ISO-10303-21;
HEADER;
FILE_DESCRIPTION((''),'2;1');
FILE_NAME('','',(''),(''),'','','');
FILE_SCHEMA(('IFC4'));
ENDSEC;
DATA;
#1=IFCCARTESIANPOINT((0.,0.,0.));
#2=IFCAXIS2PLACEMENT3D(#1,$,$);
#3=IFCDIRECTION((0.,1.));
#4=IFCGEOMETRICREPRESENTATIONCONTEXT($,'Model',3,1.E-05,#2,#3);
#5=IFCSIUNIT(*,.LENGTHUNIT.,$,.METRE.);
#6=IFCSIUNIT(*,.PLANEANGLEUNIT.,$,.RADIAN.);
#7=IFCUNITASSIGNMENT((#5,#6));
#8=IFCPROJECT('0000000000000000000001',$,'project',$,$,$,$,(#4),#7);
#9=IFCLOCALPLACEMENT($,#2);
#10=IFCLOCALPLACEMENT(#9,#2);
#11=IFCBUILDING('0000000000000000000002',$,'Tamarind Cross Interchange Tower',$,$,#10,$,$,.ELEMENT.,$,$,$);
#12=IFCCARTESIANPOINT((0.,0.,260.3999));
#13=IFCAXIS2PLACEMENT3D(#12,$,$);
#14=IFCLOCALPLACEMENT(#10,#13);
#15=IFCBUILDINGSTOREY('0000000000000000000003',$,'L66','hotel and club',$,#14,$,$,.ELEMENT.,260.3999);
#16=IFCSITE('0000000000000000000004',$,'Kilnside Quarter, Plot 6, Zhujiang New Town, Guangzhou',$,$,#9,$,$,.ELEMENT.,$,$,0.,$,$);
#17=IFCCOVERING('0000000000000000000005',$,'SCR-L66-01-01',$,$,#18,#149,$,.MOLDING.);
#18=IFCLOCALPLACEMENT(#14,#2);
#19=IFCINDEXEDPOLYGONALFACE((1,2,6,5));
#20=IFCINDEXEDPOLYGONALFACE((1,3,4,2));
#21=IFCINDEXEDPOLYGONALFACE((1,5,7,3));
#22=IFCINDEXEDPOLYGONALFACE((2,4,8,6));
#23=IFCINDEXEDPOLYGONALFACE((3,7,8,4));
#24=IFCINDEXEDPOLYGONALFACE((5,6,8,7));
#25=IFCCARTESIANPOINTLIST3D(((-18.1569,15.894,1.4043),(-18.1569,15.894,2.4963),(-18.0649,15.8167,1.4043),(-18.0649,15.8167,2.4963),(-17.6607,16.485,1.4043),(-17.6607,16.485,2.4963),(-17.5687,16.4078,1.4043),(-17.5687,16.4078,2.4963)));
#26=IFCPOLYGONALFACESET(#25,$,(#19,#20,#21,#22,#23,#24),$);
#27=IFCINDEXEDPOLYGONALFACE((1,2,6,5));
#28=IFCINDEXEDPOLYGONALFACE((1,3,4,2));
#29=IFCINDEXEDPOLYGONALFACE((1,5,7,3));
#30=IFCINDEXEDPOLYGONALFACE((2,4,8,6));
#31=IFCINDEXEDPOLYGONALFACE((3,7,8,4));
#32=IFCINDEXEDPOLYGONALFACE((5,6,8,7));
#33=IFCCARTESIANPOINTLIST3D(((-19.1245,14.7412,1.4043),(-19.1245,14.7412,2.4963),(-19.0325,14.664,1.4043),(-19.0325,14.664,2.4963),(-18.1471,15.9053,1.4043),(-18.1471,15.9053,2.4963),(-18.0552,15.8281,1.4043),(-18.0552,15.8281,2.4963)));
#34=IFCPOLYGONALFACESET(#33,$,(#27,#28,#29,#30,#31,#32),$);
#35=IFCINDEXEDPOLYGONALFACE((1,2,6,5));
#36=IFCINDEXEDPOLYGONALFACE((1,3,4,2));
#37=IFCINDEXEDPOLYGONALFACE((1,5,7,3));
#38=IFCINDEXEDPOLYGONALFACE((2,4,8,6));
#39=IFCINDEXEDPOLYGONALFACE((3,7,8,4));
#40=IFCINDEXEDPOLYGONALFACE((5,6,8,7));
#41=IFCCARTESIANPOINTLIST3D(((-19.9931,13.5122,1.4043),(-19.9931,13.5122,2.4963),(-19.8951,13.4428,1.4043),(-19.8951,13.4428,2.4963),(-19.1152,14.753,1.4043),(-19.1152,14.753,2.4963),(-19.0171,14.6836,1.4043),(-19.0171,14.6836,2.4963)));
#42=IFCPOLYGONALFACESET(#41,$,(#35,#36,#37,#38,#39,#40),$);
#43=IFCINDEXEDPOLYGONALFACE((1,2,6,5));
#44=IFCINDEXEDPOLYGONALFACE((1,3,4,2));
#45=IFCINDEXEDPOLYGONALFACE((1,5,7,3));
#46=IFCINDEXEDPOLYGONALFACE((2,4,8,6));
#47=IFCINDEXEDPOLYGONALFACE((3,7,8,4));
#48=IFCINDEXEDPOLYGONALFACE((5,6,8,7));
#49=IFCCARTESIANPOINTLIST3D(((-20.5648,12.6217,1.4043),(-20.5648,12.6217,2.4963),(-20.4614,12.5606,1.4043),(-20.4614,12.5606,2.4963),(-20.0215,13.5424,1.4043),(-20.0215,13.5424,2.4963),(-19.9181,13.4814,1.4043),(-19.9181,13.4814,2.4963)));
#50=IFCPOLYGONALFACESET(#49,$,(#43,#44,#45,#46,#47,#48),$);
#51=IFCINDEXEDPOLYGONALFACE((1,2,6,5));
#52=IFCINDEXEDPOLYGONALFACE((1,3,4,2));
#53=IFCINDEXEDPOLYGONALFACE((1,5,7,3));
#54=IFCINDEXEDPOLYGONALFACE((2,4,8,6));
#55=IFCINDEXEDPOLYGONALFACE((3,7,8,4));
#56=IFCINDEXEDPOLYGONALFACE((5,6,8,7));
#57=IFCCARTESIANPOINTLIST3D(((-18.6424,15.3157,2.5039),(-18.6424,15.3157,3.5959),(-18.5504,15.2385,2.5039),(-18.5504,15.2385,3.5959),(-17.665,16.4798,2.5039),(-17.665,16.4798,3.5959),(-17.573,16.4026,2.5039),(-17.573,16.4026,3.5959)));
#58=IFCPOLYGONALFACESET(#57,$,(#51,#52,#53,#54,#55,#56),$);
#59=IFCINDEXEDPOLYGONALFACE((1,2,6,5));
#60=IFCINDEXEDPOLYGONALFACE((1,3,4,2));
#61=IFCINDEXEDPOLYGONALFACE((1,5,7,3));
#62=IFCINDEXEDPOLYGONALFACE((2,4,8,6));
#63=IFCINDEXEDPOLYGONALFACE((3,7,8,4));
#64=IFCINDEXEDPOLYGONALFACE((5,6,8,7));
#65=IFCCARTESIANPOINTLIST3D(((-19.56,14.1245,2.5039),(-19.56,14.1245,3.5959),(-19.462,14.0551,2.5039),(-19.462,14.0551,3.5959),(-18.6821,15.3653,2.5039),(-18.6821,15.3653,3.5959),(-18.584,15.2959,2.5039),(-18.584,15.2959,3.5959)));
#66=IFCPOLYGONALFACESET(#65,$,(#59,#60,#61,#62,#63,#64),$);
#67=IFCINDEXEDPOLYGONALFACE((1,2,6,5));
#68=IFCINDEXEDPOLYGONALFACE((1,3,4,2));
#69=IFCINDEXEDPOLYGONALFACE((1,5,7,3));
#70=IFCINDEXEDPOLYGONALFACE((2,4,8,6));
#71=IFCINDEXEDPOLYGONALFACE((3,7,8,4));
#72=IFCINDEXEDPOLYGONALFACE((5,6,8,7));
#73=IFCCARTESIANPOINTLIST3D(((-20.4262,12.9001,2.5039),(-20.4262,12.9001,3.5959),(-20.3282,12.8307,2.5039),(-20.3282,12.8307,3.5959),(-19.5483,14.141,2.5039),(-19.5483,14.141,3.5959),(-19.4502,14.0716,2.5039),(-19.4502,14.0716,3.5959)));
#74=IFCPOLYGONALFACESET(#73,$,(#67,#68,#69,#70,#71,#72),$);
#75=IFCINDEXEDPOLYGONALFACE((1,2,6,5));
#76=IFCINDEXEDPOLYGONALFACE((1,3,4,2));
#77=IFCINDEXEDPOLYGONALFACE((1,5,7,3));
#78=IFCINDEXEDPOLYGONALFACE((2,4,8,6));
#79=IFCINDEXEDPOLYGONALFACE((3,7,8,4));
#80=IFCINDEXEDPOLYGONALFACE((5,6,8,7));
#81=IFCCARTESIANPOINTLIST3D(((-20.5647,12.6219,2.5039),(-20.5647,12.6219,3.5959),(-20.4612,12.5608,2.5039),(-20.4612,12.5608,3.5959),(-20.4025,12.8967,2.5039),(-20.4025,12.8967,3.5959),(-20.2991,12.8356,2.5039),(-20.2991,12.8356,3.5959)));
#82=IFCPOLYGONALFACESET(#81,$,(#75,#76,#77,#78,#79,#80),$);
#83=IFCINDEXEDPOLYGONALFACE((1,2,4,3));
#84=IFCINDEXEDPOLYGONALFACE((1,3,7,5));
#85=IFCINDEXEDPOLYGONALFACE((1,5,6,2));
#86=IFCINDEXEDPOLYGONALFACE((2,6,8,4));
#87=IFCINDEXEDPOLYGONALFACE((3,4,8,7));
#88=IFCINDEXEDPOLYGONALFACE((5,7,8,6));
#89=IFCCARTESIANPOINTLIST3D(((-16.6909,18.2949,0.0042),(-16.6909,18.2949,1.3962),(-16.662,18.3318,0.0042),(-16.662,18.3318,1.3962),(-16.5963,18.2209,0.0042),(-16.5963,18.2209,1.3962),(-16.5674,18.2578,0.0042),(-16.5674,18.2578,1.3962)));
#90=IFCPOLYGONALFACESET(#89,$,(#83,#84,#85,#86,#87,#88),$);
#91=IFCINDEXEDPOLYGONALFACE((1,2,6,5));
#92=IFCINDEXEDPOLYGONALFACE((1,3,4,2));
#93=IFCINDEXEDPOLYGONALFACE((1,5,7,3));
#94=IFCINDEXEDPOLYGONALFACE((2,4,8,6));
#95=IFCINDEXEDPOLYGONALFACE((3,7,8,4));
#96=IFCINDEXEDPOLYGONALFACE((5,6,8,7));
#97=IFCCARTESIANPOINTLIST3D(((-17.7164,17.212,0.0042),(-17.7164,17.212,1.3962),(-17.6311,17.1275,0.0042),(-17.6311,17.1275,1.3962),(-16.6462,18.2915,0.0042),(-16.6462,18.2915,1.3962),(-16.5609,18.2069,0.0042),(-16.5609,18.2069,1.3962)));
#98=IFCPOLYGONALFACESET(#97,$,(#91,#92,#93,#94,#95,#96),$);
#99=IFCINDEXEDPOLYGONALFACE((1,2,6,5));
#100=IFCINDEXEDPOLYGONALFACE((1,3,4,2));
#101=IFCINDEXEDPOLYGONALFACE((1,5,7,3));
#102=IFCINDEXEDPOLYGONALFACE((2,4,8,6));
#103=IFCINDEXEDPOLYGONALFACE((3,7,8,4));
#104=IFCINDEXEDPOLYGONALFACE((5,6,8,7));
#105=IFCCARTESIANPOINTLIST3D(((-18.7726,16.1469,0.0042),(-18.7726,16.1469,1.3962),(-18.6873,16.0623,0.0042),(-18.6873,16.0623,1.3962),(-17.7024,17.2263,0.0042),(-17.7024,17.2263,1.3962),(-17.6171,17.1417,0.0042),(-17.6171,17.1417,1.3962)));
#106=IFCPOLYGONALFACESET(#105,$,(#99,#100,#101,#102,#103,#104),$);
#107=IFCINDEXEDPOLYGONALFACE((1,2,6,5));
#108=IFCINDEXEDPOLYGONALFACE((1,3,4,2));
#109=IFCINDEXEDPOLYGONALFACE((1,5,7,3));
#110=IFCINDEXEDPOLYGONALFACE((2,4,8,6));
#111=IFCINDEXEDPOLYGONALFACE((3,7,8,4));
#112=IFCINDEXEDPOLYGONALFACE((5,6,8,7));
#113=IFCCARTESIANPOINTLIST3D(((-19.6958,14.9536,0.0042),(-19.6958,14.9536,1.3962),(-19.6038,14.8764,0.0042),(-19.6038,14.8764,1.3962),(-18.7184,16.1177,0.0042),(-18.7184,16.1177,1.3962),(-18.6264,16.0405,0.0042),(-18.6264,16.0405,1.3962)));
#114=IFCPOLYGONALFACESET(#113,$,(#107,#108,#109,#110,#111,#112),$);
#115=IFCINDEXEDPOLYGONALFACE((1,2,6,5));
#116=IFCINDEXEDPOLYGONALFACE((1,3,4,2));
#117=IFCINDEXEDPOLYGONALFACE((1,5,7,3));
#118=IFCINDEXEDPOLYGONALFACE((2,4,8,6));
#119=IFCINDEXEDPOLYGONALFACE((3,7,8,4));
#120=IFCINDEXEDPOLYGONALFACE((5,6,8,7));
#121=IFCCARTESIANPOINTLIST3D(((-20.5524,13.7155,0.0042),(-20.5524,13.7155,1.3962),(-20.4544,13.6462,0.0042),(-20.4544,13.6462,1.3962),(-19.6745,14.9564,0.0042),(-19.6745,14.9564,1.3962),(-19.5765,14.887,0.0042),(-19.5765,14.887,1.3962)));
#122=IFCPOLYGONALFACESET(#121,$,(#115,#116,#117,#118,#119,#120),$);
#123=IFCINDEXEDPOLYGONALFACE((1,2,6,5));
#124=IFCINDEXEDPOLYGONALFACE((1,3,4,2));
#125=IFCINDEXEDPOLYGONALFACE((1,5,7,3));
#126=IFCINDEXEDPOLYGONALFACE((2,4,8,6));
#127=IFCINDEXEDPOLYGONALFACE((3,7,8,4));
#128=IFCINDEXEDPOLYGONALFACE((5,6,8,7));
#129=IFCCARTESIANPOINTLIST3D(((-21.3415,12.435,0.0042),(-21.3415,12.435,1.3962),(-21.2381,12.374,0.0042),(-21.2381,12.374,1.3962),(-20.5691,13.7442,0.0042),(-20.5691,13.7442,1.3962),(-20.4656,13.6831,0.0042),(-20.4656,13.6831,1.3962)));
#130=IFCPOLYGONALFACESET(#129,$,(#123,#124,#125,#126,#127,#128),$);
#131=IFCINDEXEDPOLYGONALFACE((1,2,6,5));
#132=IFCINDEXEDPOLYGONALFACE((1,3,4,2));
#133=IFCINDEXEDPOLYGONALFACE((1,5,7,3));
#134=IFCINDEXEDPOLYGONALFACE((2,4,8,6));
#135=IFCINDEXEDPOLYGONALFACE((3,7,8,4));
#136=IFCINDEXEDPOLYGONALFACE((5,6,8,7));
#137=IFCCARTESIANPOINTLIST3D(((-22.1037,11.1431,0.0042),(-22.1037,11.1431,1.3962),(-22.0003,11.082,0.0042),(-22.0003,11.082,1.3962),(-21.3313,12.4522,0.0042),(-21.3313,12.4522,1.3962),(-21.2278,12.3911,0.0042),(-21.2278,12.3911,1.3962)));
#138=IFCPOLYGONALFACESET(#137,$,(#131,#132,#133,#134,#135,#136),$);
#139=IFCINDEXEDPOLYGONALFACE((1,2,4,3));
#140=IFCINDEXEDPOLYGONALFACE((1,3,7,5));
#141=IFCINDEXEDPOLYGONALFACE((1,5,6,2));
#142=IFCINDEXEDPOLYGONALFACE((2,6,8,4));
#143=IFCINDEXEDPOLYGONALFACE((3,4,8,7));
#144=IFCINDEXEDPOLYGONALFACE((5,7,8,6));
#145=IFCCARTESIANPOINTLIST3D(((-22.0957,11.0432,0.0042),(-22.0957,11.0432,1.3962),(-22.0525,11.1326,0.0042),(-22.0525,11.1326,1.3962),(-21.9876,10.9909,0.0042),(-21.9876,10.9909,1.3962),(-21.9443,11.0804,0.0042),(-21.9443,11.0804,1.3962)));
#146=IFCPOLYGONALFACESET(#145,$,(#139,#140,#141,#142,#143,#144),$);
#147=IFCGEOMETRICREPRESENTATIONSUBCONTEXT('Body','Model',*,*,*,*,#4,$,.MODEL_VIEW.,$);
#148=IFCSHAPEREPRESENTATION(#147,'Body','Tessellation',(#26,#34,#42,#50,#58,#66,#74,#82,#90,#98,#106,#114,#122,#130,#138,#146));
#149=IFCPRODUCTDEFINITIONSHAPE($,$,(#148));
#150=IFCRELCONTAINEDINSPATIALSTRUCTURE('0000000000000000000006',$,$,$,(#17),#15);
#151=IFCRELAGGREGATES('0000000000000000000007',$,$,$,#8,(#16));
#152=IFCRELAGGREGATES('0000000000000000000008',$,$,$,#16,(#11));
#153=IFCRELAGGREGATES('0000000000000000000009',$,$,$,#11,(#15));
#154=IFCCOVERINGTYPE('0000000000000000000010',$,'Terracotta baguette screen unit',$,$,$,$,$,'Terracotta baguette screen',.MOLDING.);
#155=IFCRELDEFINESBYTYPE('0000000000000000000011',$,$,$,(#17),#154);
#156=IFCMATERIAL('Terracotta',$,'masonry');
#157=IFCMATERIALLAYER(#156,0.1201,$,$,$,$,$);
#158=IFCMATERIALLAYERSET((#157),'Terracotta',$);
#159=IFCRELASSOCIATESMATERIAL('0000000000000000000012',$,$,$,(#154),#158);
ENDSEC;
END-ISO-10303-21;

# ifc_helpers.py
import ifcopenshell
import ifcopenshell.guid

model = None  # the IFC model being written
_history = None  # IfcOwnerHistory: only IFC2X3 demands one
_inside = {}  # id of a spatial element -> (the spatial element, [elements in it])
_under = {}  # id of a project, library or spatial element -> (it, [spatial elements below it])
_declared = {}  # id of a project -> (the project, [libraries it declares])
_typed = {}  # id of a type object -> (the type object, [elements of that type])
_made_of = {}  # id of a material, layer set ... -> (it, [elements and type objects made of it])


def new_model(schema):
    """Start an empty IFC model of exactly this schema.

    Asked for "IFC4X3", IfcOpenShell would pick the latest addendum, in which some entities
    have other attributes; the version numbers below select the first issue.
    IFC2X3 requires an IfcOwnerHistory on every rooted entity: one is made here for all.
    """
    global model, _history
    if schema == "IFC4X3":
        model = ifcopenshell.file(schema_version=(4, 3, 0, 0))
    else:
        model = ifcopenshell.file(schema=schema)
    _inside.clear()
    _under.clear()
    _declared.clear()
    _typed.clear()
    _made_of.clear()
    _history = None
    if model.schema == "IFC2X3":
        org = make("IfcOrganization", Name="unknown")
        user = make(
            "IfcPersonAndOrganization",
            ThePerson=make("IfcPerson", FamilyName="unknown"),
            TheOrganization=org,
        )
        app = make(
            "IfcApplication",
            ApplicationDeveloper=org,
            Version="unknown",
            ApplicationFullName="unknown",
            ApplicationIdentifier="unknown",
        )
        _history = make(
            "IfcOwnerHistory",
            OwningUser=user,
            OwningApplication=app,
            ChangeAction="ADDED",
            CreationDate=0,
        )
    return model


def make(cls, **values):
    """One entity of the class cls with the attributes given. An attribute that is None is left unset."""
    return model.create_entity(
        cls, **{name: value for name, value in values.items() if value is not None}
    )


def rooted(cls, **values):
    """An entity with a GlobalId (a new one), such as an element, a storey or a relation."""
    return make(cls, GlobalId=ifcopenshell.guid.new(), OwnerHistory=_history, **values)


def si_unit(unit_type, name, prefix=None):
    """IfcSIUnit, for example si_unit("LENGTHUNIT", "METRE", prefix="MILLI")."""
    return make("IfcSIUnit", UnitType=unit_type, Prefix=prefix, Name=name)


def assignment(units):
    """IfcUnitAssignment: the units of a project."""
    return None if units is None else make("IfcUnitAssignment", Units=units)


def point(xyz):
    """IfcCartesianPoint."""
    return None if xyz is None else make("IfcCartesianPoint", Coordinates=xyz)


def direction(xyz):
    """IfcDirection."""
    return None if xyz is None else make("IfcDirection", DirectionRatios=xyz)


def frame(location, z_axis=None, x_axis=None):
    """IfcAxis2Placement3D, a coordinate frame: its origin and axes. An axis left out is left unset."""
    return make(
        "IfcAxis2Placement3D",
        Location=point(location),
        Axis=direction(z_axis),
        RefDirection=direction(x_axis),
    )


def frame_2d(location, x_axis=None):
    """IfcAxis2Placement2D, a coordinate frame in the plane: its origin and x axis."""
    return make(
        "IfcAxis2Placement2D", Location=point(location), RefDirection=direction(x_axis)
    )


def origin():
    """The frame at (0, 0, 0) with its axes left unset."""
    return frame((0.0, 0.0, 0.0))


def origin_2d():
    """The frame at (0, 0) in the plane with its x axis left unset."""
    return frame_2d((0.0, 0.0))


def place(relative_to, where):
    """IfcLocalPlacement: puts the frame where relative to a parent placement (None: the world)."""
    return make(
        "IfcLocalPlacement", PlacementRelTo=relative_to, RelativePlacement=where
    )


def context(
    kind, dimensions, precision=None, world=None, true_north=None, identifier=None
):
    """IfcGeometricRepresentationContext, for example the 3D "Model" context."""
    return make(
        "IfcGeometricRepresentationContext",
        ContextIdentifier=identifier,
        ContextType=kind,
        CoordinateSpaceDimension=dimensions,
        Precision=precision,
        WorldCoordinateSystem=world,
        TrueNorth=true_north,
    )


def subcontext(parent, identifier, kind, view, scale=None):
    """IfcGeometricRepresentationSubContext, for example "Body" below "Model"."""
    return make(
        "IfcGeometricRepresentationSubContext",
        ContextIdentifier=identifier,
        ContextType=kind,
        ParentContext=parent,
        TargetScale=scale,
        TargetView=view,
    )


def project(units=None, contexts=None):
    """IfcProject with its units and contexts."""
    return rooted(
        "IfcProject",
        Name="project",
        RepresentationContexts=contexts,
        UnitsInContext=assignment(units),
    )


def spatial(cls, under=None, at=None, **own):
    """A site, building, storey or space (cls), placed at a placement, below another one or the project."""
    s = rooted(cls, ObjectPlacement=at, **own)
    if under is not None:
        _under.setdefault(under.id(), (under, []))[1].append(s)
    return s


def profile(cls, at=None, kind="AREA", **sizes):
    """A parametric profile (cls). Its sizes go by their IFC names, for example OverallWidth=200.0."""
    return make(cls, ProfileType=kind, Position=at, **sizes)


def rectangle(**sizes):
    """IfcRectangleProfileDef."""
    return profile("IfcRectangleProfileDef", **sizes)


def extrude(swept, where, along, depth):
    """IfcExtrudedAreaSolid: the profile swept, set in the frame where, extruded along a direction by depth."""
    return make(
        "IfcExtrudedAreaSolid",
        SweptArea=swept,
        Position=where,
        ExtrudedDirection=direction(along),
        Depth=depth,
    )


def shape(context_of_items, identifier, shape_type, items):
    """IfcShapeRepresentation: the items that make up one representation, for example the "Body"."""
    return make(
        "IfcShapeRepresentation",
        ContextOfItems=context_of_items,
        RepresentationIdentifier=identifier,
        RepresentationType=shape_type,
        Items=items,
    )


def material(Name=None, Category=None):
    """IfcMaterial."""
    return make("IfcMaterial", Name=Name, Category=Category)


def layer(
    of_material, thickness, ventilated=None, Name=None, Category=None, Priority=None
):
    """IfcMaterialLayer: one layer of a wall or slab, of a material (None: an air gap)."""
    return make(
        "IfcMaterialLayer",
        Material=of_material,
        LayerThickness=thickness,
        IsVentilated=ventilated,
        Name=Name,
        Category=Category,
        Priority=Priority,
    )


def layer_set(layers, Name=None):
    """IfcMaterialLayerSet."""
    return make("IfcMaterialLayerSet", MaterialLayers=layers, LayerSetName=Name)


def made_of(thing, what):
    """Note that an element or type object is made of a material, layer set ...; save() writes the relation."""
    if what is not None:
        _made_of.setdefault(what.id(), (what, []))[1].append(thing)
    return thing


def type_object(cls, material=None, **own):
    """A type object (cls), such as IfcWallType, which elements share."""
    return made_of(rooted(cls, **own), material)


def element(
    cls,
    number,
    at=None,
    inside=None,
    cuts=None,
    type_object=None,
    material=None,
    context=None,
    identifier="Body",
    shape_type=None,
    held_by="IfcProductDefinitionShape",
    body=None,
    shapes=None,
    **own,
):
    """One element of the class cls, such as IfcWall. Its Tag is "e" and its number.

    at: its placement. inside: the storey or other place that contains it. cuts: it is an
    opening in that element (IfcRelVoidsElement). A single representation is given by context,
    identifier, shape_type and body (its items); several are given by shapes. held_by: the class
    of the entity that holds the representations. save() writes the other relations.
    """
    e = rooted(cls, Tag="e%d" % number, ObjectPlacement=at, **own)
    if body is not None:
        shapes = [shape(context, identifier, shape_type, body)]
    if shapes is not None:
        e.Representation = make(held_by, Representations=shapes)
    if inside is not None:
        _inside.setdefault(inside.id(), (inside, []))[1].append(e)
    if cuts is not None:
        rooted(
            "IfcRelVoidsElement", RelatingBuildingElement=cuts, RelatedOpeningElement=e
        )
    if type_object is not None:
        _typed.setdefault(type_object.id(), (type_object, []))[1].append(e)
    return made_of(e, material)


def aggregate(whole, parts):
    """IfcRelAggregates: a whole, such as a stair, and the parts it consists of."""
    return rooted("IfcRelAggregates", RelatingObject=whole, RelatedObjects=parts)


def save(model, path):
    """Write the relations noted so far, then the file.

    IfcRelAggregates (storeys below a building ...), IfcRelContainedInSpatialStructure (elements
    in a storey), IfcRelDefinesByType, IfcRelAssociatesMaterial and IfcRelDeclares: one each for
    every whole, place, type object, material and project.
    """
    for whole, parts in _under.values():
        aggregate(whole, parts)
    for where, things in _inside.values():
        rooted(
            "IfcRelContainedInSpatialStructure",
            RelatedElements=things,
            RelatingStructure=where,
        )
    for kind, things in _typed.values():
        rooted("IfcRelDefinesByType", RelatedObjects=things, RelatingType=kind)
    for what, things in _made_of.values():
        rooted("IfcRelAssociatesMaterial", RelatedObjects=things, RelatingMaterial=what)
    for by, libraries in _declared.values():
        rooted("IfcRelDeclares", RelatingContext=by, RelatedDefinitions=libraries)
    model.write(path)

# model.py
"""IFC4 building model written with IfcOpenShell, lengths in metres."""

from ifc_helpers import new_model, si_unit, direction, frame, origin, origin_2d, place, context, subcontext, project, spatial, rectangle, extrude, material, layer, layer_set, type_object, element, save


model = new_model("IFC4")

# Units and contexts
model_context = context("Model", 3, precision=1e-05, world=origin(), true_north=direction((0.0, 1.0)))
body_context = subcontext(model_context, "Body", "Model", "MODEL_VIEW")
ifc_project = project(units=[si_unit("LENGTHUNIT", "METRE"), si_unit("PLANEANGLEUNIT", "RADIAN")], contexts=[model_context])

# Site, building, storey
site_placement = place(None, origin())
site = spatial("IfcSite", under=ifc_project, at=site_placement, Name="Kilnside Quarter, Plot 6, Zhujiang New Town, Guangzhou", CompositionType="ELEMENT", RefElevation=0.0)
building_placement = place(site_placement, origin())
building = spatial("IfcBuilding", under=site, at=building_placement, Name="Tamarind Cross Interchange Tower", CompositionType="ELEMENT")
storey_placement = place(building_placement, frame((0.0, 0.0, 260.3999)))
storey = spatial("IfcBuildingStorey", under=building, at=storey_placement, Name="L66", Description="hotel and club", CompositionType="ELEMENT", Elevation=260.3999)

# Covering
ifc_material_1 = material(Name="Terracotta", Category="masonry")
ifc_layer_1 = layer(ifc_material_1, 0.1201)
ifc_layer_set_1 = layer_set([ifc_layer_1], Name="Terracotta")
covering_type = type_object("IfcCoveringType", Name="Terracotta baguette screen unit", ElementType="Terracotta baguette screen", PredefinedType="MOLDING", material=ifc_layer_set_1)
covering_1_placement = place(storey_placement, origin())
element("IfcCovering", 1, at=covering_1_placement, inside=storey, type_object=covering_type, Name="SCR-L66-01-01", PredefinedType="MOLDING", context=body_context, shape_type="SweptSolid", body=[
    extrude(rectangle(XDim=0.7717, YDim=0.1201, at=origin_2d()), frame((-17.8628, 16.1509, 1.4043), z_axis=(0.0, 0.0, 1.0), x_axis=(-0.643009, -0.765858, 0.0)), (0.0, 0.0, 1.0), 1.092),
    extrude(rectangle(XDim=1.52, YDim=0.1201, at=origin_2d()), frame((-18.5898, 15.2847, 1.4043), z_axis=(0.0, 0.0, 1.0), x_axis=(-0.643009, -0.765858, 0.0)), (0.0, 0.0, 1.0), 1.092),
    extrude(rectangle(XDim=1.52, YDim=0.1201, at=origin_2d()), frame((-19.5051, 14.0979, 1.4043), z_axis=(0.0, 0.0, 1.0), x_axis=(-0.577569, -0.816342, 0.0)), (0.0, 0.0, 1.0), 1.092),
    extrude(rectangle(XDim=1.0691, YDim=0.1201, at=origin_2d()), frame((-20.2415, 13.0515, 1.4043), z_axis=(0.0, 0.0, 1.0), x_axis=(-0.508183, -0.861249, 0.0)), (0.0, 0.0, 1.0), 1.092),
    extrude(rectangle(XDim=1.52, YDim=0.1201, at=origin_2d()), frame((-18.1077, 15.8591, 2.5039), z_axis=(0.0, 0.0, 1.0), x_axis=(-0.643009, -0.765858, 0.0)), (0.0, 0.0, 1.0), 1.092),
    extrude(rectangle(XDim=1.52, YDim=0.1201, at=origin_2d()), frame((-19.072, 14.7102, 2.5039), z_axis=(0.0, 0.0, 1.0), x_axis=(-0.577569, -0.816342, 0.0)), (0.0, 0.0, 1.0), 1.092),
    extrude(rectangle(XDim=1.52, YDim=0.1201, at=origin_2d()), frame((-19.9382, 13.4858, 2.5039), z_axis=(0.0, 0.0, 1.0), x_axis=(-0.577569, -0.816342, 0.0)), (0.0, 0.0, 1.0), 1.092),
    extrude(rectangle(XDim=0.3191, YDim=0.1201, at=origin_2d()), frame((-20.4319, 12.7288, 2.5039), z_axis=(0.0, 0.0, 1.0), x_axis=(-0.508183, -0.861249, 0.0)), (0.0, 0.0, 1.0), 1.092),
    extrude(rectangle(XDim=0.0469, YDim=0.1201, at=origin_2d()), frame((-16.6292, 18.2764, 0.0042), z_axis=(0.0, 0.0, 1.0), x_axis=(-0.616508, -0.787349, 0.0)), (0.0, 0.0, 1.0), 1.3921),
    extrude(rectangle(XDim=1.52, YDim=0.1201, at=origin_2d()), frame((-17.1387, 17.7095, 0.0042), z_axis=(0.0, 0.0, 1.0), x_axis=(-0.704057, -0.710143, 0.0)), (0.0, 0.0, 1.0), 1.3921),
    extrude(rectangle(XDim=1.52, YDim=0.1201, at=origin_2d()), frame((-18.1948, 16.6443, 0.0042), z_axis=(0.0, 0.0, 1.0), x_axis=(-0.704057, -0.710143, 0.0)), (0.0, 0.0, 1.0), 1.3921),
    extrude(rectangle(XDim=1.52, YDim=0.1201, at=origin_2d()), frame((-19.1611, 15.4971, 0.0042), z_axis=(0.0, 0.0, 1.0), x_axis=(-0.643009, -0.765858, 0.0)), (0.0, 0.0, 1.0), 1.3921),
    extrude(rectangle(XDim=1.52, YDim=0.1201, at=origin_2d()), frame((-20.0645, 14.3013, 0.0042), z_axis=(0.0, 0.0, 1.0), x_axis=(-0.577569, -0.816342, 0.0)), (0.0, 0.0, 1.0), 1.3921),
    extrude(rectangle(XDim=1.52, YDim=0.1201, at=origin_2d()), frame((-20.9036, 13.0591, 0.0042), z_axis=(0.0, 0.0, 1.0), x_axis=(-0.508183, -0.861249, 0.0)), (0.0, 0.0, 1.0), 1.3921),
    extrude(rectangle(XDim=1.52, YDim=0.1201, at=origin_2d()), frame((-21.6658, 11.7671, 0.0042), z_axis=(0.0, 0.0, 1.0), x_axis=(-0.508183, -0.861249, 0.0)), (0.0, 0.0, 1.0), 1.3921),
    extrude(rectangle(XDim=0.0994, YDim=0.1201, at=origin_2d()), frame((-22.02, 11.0618, 0.0042), z_axis=(0.0, 0.0, 1.0), x_axis=(-0.435326, -0.900273, 0.0)), (0.0, 0.0, 1.0), 1.3921),
])

save(model, "model.ifc")
